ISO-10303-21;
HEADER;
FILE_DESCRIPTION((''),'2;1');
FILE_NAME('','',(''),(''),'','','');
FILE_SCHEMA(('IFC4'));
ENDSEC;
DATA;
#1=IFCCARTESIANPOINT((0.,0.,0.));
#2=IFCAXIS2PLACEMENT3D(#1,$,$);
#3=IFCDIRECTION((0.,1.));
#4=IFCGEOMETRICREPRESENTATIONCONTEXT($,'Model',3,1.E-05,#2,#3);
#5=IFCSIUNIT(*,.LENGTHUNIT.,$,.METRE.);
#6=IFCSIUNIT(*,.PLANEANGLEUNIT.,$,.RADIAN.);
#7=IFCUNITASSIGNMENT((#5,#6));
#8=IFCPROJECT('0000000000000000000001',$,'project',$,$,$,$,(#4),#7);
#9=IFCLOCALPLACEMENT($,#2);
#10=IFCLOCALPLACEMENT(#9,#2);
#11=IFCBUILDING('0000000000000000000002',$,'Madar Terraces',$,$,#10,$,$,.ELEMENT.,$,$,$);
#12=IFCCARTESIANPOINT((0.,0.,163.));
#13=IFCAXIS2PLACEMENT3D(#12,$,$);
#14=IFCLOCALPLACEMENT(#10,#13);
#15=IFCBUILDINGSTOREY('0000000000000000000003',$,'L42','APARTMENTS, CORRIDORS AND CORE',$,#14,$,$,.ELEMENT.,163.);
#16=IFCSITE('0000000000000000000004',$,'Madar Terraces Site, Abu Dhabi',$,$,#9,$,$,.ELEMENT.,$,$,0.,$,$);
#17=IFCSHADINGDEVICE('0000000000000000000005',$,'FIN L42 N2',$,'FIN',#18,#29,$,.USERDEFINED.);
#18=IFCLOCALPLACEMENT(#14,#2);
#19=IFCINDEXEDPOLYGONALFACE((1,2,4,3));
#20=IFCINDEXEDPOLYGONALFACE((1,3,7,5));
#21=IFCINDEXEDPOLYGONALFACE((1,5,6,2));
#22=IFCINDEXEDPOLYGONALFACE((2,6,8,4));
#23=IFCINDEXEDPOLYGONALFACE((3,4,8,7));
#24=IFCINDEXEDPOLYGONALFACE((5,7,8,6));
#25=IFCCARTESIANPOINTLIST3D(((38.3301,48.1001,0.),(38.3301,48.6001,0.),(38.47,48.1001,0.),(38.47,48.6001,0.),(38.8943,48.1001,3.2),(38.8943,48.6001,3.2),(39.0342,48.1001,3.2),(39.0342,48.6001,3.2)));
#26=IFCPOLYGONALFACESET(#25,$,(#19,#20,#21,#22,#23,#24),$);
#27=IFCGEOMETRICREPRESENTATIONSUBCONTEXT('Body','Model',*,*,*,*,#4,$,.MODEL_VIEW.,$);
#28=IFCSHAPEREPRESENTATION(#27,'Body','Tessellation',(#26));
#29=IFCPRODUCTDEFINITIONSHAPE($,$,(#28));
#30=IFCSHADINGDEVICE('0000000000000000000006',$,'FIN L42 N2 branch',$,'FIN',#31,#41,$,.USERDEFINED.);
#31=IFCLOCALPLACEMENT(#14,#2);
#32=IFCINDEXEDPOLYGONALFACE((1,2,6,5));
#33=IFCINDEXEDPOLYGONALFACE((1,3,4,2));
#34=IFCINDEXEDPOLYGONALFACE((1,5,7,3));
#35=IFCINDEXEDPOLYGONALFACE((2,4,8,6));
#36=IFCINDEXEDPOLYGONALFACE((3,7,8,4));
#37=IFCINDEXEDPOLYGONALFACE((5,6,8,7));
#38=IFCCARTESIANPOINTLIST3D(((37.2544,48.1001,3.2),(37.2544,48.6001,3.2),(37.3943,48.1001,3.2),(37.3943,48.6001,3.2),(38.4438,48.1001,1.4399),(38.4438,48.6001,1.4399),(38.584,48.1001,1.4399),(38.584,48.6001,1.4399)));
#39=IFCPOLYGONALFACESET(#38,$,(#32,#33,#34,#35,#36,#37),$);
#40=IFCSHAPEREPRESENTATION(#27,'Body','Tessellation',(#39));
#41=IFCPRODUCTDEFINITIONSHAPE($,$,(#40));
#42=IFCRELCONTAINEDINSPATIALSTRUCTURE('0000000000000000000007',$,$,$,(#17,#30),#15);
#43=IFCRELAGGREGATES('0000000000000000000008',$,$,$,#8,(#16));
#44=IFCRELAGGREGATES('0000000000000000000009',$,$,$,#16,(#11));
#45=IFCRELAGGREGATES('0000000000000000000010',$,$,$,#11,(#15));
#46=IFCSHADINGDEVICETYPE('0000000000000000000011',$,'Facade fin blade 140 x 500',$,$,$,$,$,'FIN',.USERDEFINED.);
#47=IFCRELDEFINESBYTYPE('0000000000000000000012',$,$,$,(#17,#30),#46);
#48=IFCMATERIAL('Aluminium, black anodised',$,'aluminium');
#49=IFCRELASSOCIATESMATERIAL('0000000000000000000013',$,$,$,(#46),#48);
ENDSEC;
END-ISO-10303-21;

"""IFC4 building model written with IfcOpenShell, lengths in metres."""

from ifc_helpers import new_model, si_unit, direction, frame, origin, place, context, subcontext, project, spatial, polyline, outline, extrude, material, type_object, element, save


model = new_model("IFC4")

# Units and contexts
model_context = context("Model", 3, precision=1e-05, world=origin(), true_north=direction((0.0, 1.0)))
body_context = subcontext(model_context, "Body", "Model", "MODEL_VIEW")
ifc_project = project(units=[si_unit("LENGTHUNIT", "METRE"), si_unit("PLANEANGLEUNIT", "RADIAN")], contexts=[model_context])

# Site, building, storey
site_placement = place(None, origin())
site = spatial("IfcSite", under=ifc_project, at=site_placement, Name="Madar Terraces Site, Abu Dhabi", CompositionType="ELEMENT", RefElevation=0.0)
building_placement = place(site_placement, origin())
building = spatial("IfcBuilding", under=site, at=building_placement, Name="Madar Terraces", CompositionType="ELEMENT")
storey_placement = place(building_placement, frame((0.0, 0.0, 163.0)))
storey = spatial("IfcBuildingStorey", under=building, at=storey_placement, Name="L42", Description="APARTMENTS, CORRIDORS AND CORE", CompositionType="ELEMENT", Elevation=163.0)

# Shading devices
ifc_material_1 = material(Name="Aluminium, black anodised", Category="aluminium")
shading_device_type = type_object("IfcShadingDeviceType", Name="Facade fin blade 140 x 500", ElementType="FIN", PredefinedType="USERDEFINED", material=ifc_material_1)
shading_device_1_placement = place(storey_placement, frame((38.47, 48.3501, 0.0), z_axis=(0.0, 0.0, 1.0), x_axis=(-1.0, 0.0, 0.0)))
element("IfcShadingDevice", 1, at=shading_device_1_placement, inside=storey, type_object=shading_device_type, Name="FIN L42 N2", ObjectType="FIN", PredefinedType="USERDEFINED", context=body_context, shape_type="SweptSolid", body=[
    extrude(outline(polyline([(0.0, 0.0), (0.1399, 0.0), (-0.4243, 3.2), (-0.5642, 3.2), (0.0, 0.0)])), frame((0.0, 0.25, 0.0), z_axis=(0.0, -1.0, 0.0), x_axis=(1.0, 0.0, 0.0)), (0.0, 0.0, 1.0), 0.5),
])
shading_device_2_placement = place(storey_placement, frame((38.584, 48.3501, 1.4399), z_axis=(0.0, 0.0, 1.0), x_axis=(-1.0, 0.0, 0.0)))
element("IfcShadingDevice", 2, at=shading_device_2_placement, inside=storey, type_object=shading_device_type, Name="FIN L42 N2 branch", ObjectType="FIN", PredefinedType="USERDEFINED", context=body_context, shape_type="SweptSolid", body=[
    extrude(outline(polyline([(0.0, 0.0), (0.1401, 0.0), (1.3296, 1.76), (1.1897, 1.76), (0.0, 0.0)])), frame((0.0, 0.25, 0.0), z_axis=(0.0, -1.0, 0.0), x_axis=(1.0, 0.0, 0.0)), (0.0, 0.0, 1.0), 0.5),
])

save(model, "model.ifc")
